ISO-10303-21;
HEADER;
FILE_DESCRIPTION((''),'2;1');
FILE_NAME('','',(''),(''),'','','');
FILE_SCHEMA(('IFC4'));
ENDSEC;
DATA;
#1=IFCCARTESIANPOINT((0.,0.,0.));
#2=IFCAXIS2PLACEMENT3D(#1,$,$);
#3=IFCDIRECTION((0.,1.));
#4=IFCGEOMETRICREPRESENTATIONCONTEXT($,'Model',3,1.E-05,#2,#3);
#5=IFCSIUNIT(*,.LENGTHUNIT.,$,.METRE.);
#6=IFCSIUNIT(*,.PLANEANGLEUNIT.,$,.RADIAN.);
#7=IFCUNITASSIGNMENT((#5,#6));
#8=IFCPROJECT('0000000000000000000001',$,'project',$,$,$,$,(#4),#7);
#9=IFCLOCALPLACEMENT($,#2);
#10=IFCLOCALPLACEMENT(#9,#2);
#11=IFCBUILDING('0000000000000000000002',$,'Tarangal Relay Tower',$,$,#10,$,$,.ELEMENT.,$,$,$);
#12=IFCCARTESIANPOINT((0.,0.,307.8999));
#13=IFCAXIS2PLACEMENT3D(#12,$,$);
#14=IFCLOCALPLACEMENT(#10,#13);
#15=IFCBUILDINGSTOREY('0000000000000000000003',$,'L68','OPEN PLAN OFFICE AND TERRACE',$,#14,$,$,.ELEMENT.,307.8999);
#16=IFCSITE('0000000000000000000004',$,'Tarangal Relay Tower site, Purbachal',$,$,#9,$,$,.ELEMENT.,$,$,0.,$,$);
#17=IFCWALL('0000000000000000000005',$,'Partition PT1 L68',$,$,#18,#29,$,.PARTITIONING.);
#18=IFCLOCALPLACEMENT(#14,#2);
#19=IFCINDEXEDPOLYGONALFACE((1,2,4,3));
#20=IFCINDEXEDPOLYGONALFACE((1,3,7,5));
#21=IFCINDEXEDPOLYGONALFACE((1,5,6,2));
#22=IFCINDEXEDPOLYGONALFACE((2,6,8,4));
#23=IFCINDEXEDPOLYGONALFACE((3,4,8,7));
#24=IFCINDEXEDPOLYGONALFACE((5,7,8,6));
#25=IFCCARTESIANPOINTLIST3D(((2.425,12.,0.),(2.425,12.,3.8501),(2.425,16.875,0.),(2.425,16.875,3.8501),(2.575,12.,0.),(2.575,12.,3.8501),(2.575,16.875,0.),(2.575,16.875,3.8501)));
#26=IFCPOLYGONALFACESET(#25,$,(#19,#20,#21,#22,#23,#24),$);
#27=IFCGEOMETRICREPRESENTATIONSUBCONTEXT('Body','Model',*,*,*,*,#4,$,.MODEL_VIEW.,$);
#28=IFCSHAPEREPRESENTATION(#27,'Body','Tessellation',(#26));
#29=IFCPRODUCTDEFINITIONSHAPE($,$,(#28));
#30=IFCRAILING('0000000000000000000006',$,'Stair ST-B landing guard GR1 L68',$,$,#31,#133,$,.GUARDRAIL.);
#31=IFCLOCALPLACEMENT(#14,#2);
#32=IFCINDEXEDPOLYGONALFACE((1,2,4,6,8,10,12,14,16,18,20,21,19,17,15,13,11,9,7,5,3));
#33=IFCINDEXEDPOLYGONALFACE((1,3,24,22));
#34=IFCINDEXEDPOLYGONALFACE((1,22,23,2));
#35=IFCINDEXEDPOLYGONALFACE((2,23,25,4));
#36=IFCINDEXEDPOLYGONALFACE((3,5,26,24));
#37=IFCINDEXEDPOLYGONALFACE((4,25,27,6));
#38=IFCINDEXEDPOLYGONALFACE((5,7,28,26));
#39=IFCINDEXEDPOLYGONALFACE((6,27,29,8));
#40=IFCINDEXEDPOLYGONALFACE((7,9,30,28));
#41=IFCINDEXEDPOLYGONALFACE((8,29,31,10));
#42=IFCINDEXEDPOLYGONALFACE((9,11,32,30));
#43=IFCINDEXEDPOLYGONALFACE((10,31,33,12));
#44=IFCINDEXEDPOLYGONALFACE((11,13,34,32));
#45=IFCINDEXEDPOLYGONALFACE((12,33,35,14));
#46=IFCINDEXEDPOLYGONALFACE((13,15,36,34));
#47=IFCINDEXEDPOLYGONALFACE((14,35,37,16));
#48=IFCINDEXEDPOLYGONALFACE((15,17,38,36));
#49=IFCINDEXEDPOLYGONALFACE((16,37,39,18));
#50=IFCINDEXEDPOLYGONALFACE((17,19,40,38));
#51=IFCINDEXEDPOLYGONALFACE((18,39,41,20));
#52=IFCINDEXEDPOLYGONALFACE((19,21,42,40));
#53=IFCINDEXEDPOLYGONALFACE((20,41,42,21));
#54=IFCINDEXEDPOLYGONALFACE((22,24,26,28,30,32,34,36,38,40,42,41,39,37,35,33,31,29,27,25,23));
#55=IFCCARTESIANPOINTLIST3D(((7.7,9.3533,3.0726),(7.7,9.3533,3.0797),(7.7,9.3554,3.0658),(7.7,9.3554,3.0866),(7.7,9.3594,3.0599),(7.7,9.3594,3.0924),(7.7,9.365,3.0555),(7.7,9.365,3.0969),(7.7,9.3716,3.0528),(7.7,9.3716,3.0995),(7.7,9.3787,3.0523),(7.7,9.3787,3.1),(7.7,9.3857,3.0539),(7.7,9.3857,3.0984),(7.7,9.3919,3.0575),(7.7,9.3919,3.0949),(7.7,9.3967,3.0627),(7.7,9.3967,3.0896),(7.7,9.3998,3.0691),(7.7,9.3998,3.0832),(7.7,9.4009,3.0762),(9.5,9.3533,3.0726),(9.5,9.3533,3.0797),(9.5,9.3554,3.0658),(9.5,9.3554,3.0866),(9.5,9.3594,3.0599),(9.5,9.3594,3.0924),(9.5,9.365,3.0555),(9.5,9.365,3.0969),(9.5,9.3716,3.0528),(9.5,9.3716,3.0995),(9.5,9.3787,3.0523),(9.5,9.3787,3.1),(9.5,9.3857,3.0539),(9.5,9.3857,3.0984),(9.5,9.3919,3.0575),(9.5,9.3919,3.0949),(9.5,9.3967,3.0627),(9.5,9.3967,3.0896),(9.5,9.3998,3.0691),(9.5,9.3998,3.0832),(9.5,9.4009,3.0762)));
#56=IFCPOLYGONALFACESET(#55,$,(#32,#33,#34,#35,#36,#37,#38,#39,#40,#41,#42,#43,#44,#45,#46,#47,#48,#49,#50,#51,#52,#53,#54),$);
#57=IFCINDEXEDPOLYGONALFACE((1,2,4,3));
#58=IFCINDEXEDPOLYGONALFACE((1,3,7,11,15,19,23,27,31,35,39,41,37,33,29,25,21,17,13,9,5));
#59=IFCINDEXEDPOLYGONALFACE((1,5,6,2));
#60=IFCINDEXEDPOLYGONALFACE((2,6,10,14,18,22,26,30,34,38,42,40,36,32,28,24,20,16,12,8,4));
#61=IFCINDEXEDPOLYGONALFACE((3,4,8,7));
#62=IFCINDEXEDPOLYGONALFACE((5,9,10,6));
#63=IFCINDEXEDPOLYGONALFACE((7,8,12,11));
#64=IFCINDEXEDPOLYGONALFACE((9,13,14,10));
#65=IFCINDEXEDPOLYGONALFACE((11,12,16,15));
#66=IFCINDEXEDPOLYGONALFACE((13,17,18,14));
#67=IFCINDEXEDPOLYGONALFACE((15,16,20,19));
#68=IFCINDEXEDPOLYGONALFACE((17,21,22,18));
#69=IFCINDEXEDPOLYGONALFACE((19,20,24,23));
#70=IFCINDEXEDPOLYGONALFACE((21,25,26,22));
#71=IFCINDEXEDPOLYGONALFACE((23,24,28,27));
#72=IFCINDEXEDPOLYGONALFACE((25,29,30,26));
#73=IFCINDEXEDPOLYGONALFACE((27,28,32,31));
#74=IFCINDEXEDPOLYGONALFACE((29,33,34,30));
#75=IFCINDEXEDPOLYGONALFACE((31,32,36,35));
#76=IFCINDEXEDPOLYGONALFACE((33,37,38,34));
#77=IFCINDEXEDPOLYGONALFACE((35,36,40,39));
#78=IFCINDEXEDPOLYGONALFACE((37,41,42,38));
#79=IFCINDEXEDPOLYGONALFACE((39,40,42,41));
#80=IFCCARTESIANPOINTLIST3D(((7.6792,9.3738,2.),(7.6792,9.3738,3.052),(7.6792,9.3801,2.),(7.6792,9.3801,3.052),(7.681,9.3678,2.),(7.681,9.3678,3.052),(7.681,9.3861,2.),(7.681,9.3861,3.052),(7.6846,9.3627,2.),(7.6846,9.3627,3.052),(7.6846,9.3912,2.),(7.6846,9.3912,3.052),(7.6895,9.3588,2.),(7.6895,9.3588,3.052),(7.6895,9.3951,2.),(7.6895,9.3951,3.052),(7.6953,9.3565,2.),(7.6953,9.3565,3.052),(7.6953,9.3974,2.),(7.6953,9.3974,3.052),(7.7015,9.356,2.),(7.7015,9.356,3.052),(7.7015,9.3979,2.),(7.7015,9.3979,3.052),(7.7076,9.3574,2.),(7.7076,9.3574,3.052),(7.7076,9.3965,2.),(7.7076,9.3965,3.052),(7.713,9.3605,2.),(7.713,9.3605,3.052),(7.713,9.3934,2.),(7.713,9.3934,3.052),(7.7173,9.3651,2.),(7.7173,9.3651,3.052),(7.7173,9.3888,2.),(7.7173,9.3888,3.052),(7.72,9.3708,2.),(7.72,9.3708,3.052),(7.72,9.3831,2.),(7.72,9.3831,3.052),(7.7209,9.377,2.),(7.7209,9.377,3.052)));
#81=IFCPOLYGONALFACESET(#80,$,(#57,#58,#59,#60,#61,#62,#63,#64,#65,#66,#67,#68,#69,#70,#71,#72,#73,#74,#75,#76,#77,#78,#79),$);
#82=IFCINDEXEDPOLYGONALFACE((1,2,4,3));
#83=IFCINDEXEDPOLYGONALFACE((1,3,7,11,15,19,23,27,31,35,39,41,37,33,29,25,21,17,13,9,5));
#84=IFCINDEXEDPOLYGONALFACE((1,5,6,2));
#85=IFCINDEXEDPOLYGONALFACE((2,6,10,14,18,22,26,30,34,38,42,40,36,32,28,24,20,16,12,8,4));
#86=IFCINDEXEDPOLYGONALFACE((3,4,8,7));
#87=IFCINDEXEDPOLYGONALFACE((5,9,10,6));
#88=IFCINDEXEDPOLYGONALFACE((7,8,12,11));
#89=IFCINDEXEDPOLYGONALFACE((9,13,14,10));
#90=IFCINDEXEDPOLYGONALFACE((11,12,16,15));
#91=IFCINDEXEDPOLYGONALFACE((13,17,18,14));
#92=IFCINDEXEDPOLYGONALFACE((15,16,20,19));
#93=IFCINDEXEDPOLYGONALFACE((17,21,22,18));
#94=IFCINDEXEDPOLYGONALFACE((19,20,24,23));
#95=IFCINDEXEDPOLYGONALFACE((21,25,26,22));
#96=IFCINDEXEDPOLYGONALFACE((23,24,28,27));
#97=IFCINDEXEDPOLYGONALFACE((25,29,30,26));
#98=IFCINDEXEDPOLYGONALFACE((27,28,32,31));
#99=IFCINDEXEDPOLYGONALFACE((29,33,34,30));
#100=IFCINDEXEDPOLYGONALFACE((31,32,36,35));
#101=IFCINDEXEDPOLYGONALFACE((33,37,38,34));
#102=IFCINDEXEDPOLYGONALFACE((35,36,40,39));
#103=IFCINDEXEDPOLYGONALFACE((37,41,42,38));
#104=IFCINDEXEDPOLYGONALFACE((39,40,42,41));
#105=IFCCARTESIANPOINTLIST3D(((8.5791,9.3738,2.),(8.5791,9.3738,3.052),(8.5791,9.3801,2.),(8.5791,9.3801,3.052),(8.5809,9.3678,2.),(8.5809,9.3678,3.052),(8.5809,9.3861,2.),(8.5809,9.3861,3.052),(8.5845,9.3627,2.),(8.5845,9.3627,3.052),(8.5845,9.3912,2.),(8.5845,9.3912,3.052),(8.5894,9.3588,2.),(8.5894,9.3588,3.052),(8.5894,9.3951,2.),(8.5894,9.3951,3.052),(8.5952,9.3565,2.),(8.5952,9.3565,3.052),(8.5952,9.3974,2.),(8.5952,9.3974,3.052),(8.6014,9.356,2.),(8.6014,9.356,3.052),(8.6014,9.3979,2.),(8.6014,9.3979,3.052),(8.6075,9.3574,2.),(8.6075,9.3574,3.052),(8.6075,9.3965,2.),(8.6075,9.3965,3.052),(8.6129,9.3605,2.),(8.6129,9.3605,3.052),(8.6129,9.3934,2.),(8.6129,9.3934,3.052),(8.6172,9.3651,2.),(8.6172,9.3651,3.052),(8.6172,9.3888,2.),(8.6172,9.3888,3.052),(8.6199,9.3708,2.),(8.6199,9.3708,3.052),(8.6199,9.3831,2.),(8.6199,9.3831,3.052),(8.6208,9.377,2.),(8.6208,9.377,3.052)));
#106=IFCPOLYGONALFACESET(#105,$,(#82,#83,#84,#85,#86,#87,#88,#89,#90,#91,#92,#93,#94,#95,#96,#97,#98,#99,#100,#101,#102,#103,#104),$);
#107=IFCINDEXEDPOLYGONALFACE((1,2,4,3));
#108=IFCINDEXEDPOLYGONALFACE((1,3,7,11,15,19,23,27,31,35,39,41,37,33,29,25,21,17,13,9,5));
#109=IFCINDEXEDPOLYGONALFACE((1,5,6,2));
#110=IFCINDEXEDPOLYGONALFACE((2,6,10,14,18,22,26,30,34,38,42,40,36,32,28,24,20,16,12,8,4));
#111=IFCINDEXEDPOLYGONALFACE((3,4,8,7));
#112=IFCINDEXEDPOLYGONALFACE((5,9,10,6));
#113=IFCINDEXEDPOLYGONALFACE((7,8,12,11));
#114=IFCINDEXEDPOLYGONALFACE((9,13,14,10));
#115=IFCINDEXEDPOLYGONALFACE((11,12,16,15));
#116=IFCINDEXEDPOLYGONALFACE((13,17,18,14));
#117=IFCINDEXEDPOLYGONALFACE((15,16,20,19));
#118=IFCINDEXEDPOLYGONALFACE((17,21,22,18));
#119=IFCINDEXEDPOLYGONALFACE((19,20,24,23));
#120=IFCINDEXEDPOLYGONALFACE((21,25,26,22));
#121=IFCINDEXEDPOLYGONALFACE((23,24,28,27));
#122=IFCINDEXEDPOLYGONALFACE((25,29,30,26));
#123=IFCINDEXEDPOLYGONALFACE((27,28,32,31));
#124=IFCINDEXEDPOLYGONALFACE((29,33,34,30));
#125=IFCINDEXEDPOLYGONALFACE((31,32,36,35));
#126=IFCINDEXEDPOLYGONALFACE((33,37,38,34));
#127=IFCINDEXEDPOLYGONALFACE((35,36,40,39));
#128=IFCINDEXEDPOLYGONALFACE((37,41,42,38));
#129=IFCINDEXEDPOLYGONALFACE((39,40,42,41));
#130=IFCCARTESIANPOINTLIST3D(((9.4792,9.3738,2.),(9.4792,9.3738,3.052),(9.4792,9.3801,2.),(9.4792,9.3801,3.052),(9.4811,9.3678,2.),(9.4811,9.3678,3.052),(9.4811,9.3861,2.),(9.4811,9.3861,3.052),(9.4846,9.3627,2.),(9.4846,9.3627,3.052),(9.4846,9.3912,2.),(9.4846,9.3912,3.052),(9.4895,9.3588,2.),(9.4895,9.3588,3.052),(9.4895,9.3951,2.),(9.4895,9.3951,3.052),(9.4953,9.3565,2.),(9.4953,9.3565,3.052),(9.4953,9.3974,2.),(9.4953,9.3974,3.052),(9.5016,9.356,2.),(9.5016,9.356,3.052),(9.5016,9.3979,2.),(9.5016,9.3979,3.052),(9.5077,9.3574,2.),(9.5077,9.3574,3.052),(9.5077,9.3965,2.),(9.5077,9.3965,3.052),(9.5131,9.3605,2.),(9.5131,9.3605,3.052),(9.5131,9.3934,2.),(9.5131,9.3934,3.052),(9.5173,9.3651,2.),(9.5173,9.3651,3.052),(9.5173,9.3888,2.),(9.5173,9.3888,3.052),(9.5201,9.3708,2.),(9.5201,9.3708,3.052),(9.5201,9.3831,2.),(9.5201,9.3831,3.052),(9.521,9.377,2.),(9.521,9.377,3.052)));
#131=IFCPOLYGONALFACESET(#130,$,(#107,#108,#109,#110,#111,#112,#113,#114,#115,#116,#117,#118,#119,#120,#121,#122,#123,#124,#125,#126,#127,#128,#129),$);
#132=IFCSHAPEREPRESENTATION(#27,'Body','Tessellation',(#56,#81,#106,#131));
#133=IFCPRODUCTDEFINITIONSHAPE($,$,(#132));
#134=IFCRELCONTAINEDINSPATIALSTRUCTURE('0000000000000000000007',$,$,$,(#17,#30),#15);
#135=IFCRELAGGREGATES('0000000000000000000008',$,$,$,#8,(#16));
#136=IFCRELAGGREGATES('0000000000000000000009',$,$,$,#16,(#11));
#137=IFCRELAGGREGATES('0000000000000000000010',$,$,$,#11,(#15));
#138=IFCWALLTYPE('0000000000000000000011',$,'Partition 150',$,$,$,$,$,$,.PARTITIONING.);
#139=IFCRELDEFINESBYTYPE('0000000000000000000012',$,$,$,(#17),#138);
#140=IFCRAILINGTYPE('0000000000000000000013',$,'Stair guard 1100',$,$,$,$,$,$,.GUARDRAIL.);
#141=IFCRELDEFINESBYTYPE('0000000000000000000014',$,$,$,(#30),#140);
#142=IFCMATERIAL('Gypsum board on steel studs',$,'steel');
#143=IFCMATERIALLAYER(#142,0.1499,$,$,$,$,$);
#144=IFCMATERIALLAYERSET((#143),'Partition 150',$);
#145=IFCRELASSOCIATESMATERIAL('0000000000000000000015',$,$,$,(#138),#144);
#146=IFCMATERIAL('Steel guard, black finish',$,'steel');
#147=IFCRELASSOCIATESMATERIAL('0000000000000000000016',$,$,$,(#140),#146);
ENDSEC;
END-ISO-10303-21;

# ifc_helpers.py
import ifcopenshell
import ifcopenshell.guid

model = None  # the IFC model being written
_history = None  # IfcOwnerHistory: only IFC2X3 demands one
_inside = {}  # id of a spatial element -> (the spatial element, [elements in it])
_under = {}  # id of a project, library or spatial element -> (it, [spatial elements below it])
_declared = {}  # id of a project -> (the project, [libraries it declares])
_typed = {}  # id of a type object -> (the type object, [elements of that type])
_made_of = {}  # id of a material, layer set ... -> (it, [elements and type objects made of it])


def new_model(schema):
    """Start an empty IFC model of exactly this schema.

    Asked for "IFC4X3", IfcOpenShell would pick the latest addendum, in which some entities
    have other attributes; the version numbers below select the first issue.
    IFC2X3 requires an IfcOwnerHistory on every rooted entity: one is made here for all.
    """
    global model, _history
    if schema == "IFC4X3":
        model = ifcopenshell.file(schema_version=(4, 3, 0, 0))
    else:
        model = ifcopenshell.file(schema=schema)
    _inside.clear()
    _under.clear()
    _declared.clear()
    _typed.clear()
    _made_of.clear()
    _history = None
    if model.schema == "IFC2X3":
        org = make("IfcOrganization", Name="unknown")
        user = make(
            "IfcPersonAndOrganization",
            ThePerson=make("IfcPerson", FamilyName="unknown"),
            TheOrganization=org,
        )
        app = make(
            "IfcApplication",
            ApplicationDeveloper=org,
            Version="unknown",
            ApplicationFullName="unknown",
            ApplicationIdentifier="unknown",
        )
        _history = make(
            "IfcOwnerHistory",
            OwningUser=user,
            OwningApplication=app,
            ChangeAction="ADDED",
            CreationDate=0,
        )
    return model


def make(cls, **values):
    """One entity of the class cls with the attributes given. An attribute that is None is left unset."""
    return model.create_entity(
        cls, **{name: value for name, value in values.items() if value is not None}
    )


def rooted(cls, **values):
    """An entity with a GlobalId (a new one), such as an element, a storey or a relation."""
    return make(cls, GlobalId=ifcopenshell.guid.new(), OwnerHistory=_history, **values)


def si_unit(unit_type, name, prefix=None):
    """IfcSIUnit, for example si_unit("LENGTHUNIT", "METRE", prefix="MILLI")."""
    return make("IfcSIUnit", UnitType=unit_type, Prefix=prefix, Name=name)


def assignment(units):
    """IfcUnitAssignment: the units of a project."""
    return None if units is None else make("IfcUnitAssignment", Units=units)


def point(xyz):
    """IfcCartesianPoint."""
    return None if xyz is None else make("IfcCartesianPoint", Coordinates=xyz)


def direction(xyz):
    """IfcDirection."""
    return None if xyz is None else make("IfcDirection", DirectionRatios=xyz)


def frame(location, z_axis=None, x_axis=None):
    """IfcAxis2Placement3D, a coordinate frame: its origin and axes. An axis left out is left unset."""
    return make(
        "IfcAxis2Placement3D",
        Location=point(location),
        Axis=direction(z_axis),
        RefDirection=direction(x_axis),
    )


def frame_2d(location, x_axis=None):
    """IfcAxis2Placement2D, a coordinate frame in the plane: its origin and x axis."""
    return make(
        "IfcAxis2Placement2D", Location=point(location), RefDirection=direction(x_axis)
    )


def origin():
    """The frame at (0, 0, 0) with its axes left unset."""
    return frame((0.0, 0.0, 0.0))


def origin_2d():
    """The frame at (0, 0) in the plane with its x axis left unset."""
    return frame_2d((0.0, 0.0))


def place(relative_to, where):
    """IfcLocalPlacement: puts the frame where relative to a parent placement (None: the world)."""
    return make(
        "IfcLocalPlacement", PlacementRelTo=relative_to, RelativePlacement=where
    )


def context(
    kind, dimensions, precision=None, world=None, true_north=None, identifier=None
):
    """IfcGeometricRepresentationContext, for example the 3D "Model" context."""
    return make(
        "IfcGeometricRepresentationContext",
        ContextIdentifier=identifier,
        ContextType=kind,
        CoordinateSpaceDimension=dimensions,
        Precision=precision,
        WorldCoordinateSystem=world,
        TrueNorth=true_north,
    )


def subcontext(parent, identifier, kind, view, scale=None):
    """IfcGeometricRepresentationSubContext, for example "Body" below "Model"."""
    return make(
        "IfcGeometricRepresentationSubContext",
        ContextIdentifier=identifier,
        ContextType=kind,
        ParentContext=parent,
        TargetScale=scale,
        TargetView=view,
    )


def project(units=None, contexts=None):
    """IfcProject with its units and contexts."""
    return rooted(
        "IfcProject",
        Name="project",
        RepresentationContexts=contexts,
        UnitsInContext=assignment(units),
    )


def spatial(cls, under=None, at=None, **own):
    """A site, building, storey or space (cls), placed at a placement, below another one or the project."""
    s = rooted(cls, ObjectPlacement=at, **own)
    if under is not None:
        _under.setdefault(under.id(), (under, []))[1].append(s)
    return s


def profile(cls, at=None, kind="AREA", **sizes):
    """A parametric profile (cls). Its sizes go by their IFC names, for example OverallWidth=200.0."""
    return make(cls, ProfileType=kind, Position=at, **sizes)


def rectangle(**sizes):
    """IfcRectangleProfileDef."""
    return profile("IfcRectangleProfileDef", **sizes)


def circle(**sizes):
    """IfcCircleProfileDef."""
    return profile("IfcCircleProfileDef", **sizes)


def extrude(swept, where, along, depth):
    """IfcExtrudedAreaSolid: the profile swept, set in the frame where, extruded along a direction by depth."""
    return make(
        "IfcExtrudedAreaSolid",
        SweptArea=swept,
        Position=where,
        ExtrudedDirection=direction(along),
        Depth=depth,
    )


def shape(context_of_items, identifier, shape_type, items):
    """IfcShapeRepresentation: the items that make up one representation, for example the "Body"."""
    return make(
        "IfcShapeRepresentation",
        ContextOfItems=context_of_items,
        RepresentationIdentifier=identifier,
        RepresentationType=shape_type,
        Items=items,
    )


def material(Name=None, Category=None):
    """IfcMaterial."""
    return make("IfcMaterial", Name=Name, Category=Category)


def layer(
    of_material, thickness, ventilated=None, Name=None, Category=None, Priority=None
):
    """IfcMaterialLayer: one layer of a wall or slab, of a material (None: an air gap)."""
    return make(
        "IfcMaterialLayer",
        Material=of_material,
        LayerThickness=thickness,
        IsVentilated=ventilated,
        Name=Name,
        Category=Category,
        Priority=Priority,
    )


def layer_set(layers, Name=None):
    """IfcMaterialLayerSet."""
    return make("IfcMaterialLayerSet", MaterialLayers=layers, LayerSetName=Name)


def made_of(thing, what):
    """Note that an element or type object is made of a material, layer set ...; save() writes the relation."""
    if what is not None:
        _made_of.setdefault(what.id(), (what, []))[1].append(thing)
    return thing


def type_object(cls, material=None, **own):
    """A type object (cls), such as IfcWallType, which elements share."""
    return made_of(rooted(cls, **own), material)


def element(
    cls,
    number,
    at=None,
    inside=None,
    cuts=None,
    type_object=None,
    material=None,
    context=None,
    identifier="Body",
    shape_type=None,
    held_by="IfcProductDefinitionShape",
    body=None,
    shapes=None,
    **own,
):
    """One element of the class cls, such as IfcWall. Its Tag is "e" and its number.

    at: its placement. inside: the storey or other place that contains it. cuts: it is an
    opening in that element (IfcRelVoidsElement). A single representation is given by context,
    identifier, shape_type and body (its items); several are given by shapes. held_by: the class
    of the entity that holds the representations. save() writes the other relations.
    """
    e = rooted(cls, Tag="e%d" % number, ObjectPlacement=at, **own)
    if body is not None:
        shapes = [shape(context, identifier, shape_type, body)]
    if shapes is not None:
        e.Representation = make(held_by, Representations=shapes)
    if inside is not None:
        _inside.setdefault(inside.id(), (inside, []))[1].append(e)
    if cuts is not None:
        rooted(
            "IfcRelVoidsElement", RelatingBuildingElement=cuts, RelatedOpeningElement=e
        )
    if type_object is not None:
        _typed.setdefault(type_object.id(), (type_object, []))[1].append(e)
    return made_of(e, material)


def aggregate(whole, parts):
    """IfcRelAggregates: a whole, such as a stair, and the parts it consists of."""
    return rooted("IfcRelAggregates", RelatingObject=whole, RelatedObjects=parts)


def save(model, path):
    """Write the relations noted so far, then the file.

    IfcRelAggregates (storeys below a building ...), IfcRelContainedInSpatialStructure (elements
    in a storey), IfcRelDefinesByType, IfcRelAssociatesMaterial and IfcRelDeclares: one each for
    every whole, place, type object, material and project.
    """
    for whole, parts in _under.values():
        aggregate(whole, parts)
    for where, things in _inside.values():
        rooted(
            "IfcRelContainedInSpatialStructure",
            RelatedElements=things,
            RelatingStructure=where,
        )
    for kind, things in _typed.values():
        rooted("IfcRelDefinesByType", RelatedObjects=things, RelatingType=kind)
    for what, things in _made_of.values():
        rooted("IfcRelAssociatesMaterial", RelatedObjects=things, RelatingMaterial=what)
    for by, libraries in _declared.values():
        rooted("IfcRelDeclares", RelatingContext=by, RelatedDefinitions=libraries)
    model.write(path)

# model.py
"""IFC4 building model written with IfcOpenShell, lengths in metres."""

from ifc_helpers import new_model, si_unit, direction, frame, frame_2d, origin, origin_2d, place, context, subcontext, project, spatial, rectangle, circle, extrude, material, layer, layer_set, type_object, element, save


model = new_model("IFC4")

# Units and contexts
model_context = context("Model", 3, precision=1e-05, world=origin(), true_north=direction((0.0, 1.0)))
body_context = subcontext(model_context, "Body", "Model", "MODEL_VIEW")
ifc_project = project(units=[si_unit("LENGTHUNIT", "METRE"), si_unit("PLANEANGLEUNIT", "RADIAN")], contexts=[model_context])

# Site, building, storey
site_placement = place(None, origin())
site = spatial("IfcSite", under=ifc_project, at=site_placement, Name="Tarangal Relay Tower site, Purbachal", CompositionType="ELEMENT", RefElevation=0.0)
building_placement = place(site_placement, origin())
building = spatial("IfcBuilding", under=site, at=building_placement, Name="Tarangal Relay Tower", CompositionType="ELEMENT")
storey_placement = place(building_placement, frame((0.0, 0.0, 307.8999)))
storey = spatial("IfcBuildingStorey", under=building, at=storey_placement, Name="L68", Description="OPEN PLAN OFFICE AND TERRACE", CompositionType="ELEMENT", Elevation=307.8999)

# Wall
ifc_material_1 = material(Name="Gypsum board on steel studs", Category="steel")
ifc_layer_1 = layer(ifc_material_1, 0.1499)
ifc_layer_set_1 = layer_set([ifc_layer_1], Name="Partition 150")
wall_type_1 = type_object("IfcWallType", Name="Partition 150", PredefinedType="PARTITIONING", material=ifc_layer_set_1)
wall_1_placement = place(storey_placement, frame((2.5, 12.0, 0.0), z_axis=(0.0, 0.0, 1.0), x_axis=(0.0, 1.0, 0.0)))
element("IfcWall", 1, at=wall_1_placement, inside=storey, type_object=wall_type_1, Name="Partition PT1 L68", PredefinedType="PARTITIONING", context=body_context, shape_type="SweptSolid", body=[
    extrude(rectangle(XDim=4.875, YDim=0.1499, at=frame_2d((2.4375, 0.0))), origin(), (0.0, 0.0, 1.0), 3.8501),
])

# Railing
ifc_material_2 = material(Name="Steel guard, black finish", Category="steel")
railing_type = type_object("IfcRailingType", Name="Stair guard 1100", PredefinedType="GUARDRAIL", material=ifc_material_2)
railing_placement = place(storey_placement, frame((7.7, 9.377, 2.0)))
element("IfcRailing", 2, at=railing_placement, inside=storey, type_object=railing_type, Name="Stair ST-B landing guard GR1 L68", PredefinedType="GUARDRAIL", context=body_context, shape_type="SweptSolid", body=[
    extrude(circle(Radius=0.0239, at=origin_2d()), frame((0.0, 0.0, 1.0762), z_axis=(1.0, 0.0, 0.0), x_axis=(0.0, 1.0, 0.0)), (0.0, 0.0, 1.0), 1.8),
    extrude(circle(Radius=0.021, at=origin_2d()), origin(), (0.0, 0.0, 1.0), 1.052),
    extrude(circle(Radius=0.021, at=origin_2d()), frame((0.8999, 0.0, 0.0)), (0.0, 0.0, 1.0), 1.052),
    extrude(circle(Radius=0.021, at=origin_2d()), frame((1.8, 0.0, 0.0)), (0.0, 0.0, 1.0), 1.052),
])

save(model, "model.ifc")
